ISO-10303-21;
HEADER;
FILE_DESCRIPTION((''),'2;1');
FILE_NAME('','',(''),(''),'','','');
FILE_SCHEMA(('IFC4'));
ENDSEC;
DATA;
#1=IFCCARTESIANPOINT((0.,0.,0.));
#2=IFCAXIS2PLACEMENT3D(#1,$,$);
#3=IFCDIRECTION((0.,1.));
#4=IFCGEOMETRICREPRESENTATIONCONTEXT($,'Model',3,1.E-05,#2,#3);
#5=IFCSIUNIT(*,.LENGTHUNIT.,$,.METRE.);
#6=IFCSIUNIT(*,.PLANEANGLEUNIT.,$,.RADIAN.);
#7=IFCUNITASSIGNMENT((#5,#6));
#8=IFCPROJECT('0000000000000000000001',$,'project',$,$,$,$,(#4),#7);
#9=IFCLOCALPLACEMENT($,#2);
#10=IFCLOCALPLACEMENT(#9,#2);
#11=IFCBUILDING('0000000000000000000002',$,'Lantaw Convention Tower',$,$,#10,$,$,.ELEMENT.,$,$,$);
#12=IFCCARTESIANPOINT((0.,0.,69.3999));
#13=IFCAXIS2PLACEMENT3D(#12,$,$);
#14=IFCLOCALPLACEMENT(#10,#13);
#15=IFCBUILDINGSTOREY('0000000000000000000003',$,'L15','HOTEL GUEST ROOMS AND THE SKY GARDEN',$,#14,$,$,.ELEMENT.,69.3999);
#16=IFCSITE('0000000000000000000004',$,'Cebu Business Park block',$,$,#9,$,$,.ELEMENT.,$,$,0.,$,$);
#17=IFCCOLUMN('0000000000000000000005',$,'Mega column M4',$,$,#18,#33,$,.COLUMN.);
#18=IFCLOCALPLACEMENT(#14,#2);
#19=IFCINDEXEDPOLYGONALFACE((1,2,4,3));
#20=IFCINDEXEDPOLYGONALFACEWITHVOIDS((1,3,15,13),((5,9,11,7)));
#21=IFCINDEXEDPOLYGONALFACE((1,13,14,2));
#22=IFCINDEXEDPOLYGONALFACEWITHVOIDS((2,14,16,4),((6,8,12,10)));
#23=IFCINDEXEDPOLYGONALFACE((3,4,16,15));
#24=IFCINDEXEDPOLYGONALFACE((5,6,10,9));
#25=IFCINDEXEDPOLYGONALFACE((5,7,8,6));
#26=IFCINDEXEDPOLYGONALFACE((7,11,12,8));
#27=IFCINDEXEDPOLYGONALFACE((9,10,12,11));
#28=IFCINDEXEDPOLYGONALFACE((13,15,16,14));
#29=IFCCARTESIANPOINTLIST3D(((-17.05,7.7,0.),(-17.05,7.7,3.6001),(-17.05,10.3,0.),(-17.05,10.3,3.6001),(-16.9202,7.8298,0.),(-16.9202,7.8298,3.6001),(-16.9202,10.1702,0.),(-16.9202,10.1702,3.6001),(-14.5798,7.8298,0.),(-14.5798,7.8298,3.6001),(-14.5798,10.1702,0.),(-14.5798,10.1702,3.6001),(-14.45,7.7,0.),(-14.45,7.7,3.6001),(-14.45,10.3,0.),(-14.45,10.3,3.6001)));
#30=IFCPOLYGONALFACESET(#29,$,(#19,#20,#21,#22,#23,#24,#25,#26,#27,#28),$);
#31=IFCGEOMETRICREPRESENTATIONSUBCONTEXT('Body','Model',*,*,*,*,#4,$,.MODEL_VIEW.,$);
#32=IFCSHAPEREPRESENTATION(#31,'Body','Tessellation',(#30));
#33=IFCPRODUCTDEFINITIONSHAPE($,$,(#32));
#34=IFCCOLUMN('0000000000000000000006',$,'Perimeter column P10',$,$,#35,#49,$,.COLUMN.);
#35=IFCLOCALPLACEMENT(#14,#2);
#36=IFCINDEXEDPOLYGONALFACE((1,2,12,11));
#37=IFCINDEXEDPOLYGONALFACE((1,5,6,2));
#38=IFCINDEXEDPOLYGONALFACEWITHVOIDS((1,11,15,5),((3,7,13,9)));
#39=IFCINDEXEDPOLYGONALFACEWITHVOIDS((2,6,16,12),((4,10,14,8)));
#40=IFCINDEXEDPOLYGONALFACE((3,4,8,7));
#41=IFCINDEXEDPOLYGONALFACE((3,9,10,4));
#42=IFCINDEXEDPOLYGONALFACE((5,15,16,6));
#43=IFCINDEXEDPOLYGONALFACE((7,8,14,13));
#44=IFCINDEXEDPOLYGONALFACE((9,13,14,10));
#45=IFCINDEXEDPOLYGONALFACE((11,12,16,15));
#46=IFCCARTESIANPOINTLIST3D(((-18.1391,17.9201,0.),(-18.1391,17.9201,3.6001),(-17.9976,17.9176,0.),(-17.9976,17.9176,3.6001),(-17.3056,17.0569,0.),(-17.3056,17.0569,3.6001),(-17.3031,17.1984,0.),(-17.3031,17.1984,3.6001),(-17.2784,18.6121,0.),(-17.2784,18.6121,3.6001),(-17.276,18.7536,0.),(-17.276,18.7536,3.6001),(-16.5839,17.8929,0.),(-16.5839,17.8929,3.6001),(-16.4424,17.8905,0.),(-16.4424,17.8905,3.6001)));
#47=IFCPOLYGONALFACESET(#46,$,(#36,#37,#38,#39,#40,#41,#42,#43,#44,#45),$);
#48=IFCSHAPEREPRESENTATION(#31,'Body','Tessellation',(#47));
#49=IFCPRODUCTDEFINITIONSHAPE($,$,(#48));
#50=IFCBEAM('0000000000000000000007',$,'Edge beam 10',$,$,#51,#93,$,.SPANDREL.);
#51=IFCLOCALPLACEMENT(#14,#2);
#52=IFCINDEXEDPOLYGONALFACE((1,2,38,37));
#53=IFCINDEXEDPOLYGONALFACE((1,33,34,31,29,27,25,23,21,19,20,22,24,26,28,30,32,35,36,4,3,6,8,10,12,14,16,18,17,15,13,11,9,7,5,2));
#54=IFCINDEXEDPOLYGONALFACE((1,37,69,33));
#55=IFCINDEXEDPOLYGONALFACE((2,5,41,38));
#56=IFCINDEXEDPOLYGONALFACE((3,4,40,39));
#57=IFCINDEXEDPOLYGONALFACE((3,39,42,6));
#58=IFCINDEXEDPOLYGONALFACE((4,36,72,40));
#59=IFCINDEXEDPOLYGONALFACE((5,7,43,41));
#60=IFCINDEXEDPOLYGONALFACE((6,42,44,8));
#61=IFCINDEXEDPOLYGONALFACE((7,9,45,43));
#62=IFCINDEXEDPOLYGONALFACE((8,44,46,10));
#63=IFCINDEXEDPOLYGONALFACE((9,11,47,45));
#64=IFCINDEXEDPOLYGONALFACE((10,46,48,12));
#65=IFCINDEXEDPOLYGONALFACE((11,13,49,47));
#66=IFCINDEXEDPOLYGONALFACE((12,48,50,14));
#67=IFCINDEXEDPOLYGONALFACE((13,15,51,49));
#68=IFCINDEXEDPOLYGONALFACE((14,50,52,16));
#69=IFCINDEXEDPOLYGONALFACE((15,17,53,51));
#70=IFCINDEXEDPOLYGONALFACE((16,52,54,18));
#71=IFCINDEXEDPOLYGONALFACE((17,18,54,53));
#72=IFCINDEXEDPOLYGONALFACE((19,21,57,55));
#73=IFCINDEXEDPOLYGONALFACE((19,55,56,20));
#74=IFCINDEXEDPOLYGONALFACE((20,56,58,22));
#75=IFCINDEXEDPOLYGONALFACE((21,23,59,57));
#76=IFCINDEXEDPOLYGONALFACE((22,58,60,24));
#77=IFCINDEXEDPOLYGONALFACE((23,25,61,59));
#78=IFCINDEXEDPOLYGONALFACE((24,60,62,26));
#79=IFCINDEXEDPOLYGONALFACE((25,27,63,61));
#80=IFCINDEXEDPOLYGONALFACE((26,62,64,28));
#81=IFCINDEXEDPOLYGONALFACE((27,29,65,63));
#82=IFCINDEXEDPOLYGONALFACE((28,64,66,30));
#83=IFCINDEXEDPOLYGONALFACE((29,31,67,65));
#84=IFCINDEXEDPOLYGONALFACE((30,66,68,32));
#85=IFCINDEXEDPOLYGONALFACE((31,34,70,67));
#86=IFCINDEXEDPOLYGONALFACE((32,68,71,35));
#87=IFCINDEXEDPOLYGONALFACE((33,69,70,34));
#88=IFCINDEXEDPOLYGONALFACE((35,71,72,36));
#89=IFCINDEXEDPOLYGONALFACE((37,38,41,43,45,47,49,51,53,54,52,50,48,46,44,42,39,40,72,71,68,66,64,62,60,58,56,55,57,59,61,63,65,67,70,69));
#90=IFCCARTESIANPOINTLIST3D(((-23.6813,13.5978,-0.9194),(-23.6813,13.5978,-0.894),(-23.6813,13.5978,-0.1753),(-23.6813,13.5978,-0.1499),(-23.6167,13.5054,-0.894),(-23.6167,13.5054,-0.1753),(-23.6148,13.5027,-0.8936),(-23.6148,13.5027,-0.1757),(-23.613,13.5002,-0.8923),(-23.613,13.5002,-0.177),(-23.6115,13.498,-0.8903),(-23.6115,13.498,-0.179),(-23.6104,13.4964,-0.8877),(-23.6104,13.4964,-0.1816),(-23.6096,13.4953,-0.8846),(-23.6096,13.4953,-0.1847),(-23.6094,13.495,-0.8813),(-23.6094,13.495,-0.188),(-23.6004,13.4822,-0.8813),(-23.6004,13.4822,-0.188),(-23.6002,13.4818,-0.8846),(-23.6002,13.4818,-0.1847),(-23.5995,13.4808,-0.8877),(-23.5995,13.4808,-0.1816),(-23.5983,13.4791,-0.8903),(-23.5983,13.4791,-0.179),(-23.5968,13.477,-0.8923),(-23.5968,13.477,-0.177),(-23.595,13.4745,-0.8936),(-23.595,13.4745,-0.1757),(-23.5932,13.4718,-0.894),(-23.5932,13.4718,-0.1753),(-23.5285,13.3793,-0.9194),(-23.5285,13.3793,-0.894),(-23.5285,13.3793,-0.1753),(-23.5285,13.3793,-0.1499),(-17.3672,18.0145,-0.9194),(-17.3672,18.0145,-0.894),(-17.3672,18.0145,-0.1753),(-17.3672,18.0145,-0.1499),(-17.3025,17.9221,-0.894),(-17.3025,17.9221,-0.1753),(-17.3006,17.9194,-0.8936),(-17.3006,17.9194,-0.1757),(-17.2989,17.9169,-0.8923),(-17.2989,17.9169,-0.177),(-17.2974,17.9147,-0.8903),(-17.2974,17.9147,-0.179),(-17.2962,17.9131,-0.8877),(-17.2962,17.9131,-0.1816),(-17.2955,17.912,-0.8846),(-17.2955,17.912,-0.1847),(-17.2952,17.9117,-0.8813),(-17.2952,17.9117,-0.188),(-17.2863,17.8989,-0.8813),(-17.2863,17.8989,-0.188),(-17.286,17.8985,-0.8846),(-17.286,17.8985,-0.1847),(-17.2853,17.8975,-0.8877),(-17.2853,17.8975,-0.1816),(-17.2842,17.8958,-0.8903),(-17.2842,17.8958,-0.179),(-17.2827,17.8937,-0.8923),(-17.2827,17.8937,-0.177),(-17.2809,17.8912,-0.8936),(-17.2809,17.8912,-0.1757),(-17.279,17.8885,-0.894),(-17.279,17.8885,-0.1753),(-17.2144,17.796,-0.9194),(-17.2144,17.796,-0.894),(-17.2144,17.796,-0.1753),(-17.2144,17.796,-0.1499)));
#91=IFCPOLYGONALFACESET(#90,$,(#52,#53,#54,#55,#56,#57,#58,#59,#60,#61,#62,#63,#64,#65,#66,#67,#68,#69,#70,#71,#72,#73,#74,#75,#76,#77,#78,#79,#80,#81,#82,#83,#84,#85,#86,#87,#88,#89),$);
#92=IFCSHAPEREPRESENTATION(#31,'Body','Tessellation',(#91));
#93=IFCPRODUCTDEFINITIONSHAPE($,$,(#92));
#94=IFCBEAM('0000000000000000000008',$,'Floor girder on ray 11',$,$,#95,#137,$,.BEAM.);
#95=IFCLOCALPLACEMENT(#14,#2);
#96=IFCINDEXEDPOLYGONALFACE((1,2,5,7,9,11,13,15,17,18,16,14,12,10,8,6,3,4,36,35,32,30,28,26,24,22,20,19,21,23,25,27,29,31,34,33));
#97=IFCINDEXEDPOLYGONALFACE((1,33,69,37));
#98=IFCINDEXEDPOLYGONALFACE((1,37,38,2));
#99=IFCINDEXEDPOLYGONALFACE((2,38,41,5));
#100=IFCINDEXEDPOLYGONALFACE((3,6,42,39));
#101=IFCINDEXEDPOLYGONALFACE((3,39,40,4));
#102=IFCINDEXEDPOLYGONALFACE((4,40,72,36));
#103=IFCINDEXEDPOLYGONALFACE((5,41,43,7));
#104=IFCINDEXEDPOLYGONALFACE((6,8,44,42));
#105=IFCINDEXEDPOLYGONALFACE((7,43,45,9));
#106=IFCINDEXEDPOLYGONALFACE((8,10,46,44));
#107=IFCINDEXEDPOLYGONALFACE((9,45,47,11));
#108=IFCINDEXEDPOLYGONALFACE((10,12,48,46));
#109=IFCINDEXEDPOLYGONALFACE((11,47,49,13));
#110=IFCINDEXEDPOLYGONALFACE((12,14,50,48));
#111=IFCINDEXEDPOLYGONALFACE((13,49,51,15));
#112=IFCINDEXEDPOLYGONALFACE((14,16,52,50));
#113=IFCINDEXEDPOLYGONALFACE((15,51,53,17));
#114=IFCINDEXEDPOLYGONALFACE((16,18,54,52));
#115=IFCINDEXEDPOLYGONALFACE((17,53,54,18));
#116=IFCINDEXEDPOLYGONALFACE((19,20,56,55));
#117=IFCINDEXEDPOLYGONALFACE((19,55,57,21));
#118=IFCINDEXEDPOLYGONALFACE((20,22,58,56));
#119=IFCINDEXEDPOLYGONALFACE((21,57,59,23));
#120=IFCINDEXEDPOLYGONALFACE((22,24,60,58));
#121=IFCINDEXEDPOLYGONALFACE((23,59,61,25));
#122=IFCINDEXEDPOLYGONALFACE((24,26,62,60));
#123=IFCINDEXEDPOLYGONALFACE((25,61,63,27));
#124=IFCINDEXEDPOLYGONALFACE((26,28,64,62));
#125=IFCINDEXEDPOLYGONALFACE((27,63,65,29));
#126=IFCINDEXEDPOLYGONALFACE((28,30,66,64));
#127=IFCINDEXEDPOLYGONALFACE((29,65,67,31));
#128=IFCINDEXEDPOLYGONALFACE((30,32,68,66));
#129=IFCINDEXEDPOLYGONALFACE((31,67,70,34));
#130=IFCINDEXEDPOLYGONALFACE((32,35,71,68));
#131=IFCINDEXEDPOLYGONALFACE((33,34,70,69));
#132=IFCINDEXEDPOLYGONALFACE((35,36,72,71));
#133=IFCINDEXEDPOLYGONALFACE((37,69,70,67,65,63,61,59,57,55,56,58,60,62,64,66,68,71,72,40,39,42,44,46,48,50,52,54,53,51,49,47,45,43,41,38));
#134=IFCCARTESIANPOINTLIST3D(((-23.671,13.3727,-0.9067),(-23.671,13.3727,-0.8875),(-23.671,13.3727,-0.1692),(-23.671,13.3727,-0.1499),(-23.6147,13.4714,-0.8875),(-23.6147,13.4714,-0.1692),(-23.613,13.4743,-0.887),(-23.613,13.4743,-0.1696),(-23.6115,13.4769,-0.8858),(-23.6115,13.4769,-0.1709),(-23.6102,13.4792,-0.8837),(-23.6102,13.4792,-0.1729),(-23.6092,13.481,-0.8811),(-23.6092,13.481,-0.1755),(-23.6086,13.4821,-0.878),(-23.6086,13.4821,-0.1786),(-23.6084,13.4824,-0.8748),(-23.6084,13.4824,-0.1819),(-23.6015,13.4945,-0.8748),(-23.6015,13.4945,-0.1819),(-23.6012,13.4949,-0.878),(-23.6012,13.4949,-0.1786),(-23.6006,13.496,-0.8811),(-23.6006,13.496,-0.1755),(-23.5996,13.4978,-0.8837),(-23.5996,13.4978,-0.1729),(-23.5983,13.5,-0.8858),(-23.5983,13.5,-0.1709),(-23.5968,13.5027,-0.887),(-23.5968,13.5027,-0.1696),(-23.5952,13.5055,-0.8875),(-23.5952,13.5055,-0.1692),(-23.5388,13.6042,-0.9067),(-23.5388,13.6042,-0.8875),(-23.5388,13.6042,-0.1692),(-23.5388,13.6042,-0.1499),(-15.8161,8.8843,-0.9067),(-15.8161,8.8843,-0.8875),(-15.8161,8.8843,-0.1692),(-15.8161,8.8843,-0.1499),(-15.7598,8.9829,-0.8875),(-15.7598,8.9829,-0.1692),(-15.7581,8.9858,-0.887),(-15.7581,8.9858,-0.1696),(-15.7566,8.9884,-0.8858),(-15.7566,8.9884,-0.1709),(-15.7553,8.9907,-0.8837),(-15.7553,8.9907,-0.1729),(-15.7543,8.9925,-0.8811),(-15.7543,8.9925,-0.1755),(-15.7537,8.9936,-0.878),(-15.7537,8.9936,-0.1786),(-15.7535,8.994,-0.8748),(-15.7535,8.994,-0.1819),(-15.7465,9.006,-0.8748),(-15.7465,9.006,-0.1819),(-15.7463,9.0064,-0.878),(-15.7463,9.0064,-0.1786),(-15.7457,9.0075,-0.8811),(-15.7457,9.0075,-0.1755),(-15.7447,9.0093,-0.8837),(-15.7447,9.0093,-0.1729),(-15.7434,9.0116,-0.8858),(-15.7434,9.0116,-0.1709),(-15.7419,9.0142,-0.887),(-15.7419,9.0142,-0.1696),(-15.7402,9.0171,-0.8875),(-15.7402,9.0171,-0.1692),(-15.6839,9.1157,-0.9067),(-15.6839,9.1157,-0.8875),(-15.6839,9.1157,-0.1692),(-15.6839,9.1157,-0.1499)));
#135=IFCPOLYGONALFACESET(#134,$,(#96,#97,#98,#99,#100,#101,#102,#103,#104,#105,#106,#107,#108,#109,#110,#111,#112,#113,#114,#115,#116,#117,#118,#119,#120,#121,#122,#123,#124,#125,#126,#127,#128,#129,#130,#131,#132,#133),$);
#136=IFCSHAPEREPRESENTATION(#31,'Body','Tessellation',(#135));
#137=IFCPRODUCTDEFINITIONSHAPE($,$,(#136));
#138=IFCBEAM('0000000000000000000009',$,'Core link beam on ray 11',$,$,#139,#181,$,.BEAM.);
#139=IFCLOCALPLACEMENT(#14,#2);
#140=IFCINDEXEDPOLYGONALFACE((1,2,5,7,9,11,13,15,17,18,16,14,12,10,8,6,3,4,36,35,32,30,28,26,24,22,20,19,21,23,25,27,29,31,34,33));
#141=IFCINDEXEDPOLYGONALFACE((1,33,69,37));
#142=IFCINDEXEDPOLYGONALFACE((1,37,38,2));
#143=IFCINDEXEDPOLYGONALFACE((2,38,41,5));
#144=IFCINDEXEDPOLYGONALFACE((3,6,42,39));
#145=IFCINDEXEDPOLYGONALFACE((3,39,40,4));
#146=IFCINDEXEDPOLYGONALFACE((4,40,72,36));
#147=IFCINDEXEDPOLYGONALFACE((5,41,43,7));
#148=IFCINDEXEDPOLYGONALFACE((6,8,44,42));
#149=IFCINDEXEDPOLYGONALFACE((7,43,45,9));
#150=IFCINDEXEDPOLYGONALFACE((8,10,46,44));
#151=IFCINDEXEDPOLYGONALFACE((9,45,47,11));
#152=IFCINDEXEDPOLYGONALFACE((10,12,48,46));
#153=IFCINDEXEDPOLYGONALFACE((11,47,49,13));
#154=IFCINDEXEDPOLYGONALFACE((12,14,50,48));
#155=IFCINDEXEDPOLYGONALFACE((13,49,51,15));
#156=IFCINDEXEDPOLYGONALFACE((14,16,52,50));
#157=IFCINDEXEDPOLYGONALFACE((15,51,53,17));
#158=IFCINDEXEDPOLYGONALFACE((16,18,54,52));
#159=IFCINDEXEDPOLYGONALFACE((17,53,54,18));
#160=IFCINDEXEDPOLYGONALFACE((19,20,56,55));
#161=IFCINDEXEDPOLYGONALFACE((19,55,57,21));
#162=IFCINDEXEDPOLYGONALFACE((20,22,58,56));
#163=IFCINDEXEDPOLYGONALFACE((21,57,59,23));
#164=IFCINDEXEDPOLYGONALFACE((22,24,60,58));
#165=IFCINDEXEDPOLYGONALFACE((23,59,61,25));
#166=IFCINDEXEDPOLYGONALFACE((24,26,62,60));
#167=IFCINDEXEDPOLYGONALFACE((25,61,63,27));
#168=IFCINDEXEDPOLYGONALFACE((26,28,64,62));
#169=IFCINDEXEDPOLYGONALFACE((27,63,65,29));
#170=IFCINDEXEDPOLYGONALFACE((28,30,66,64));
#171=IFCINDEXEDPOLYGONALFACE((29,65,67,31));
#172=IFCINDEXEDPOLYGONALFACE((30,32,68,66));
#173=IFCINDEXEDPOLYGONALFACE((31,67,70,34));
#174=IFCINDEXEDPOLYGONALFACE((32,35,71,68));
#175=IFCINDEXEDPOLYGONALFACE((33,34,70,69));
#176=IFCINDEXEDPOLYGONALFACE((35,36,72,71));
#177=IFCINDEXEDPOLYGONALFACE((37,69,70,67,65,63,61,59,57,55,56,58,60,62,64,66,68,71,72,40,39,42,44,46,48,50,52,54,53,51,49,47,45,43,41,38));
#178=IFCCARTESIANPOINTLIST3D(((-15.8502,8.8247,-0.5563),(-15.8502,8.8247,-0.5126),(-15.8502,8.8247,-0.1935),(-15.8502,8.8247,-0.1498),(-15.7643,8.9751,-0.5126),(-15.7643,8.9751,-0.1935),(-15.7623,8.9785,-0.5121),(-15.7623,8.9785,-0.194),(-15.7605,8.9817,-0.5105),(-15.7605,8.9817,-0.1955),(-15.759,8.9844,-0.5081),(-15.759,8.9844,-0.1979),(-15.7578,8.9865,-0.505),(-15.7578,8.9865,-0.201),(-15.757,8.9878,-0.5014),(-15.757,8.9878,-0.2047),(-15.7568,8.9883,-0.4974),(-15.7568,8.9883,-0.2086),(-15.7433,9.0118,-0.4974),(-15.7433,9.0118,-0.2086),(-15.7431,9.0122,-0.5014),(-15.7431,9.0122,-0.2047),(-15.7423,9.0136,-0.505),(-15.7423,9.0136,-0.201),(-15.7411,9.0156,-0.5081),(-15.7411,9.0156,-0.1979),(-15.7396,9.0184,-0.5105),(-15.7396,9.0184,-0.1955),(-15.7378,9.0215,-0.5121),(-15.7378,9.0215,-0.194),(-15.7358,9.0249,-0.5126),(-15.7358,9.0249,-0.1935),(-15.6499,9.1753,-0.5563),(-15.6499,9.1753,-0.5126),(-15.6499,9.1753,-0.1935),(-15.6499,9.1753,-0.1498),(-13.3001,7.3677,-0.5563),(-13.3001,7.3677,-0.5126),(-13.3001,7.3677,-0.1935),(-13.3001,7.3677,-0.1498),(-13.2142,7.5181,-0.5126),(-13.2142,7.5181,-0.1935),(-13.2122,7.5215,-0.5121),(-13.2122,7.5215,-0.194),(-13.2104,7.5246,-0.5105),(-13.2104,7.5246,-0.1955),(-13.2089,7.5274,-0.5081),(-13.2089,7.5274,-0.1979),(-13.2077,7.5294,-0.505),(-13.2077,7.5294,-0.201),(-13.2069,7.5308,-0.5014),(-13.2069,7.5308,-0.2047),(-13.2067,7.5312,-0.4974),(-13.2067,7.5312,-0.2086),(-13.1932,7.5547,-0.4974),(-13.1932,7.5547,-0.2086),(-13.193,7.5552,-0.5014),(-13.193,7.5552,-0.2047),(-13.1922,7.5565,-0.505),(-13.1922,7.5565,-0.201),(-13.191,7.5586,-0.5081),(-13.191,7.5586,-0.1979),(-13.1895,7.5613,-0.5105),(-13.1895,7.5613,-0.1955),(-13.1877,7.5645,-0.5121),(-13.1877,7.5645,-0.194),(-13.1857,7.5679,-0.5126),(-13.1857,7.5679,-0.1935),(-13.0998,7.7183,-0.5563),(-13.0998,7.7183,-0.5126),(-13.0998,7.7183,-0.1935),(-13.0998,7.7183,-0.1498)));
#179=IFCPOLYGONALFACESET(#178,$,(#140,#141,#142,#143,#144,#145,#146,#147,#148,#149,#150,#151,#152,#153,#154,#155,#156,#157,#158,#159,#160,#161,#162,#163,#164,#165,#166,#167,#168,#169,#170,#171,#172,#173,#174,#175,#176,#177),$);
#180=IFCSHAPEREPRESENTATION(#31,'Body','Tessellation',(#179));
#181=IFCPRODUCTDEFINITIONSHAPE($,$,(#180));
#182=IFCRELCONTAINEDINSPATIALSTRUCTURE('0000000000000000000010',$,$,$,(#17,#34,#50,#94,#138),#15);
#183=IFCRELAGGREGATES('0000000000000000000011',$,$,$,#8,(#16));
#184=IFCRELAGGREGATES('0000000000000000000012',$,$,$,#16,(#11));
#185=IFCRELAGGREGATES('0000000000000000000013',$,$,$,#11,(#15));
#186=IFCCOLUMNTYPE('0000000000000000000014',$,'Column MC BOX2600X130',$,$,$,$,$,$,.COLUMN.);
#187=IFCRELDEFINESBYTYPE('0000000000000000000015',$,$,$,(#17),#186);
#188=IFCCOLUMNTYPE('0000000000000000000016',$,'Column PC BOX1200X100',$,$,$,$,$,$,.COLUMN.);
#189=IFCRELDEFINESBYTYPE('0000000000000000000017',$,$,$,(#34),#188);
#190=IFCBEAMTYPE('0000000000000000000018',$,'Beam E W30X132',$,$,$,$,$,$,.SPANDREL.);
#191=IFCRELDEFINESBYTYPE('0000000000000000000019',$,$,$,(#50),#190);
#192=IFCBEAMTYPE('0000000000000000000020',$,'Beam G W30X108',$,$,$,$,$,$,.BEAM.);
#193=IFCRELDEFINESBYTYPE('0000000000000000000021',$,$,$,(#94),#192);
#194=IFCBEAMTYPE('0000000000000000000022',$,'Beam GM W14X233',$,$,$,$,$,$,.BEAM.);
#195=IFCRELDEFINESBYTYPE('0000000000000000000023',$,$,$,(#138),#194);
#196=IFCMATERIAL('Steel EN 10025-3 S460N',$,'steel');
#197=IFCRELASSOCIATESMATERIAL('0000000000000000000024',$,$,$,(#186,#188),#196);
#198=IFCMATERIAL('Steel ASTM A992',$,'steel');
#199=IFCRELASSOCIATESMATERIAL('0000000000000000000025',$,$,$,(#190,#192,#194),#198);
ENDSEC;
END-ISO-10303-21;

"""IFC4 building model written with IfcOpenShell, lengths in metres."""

from ifc_helpers import new_model, si_unit, direction, frame, origin, origin_2d, place, context, subcontext, project, spatial, rectangle, hollow_rectangle, i_section, extrude, material, material_profile, profile_set, type_object, element, save


model = new_model("IFC4")

# Units and contexts
model_context = context("Model", 3, precision=1e-05, world=origin(), true_north=direction((0.0, 1.0)))
body_context = subcontext(model_context, "Body", "Model", "MODEL_VIEW")
ifc_project = project(units=[si_unit("LENGTHUNIT", "METRE"), si_unit("PLANEANGLEUNIT", "RADIAN")], contexts=[model_context])

# Site, building, storey
site_placement = place(None, origin())
site = spatial("IfcSite", under=ifc_project, at=site_placement, Name="Cebu Business Park block", CompositionType="ELEMENT", RefElevation=0.0)
building_placement = place(site_placement, origin())
building = spatial("IfcBuilding", under=site, at=building_placement, Name="Lantaw Convention Tower", CompositionType="ELEMENT")
storey_placement = place(building_placement, frame((0.0, 0.0, 69.3999)))
storey = spatial("IfcBuildingStorey", under=building, at=storey_placement, Name="L15", Description="HOTEL GUEST ROOMS AND THE SKY GARDEN", CompositionType="ELEMENT", Elevation=69.3999)

# Columns
ifc_material_1 = material(Name="Steel EN 10025-3 S460N", Category="steel")
ifc_material_profile_1 = material_profile(ifc_material_1, hollow_rectangle(XDim=2.6001, YDim=2.6001, WallThickness=0.1299, at=origin_2d()), Name="BOX2600X130")
ifc_material_2 = material(Name="Concrete C60/75", Category="concrete")
ifc_material_profile_2 = material_profile(ifc_material_2, rectangle(XDim=2.3401, YDim=2.3401, at=origin_2d()), Name="Concrete fill of BOX2600X130")
ifc_profile_set_1 = profile_set([ifc_material_profile_1, ifc_material_profile_2], Name="Steel EN 10025-3 S460N")
column_type_1 = type_object("IfcColumnType", Name="Column MC BOX2600X130", PredefinedType="COLUMN", material=ifc_profile_set_1)
column_1_placement = place(storey_placement, frame((-15.75, 9.0, 0.0), z_axis=(0.0, 0.0, 1.0), x_axis=(1.0, 0.0, 0.0)))
element("IfcColumn", 1, at=column_1_placement, inside=storey, type_object=column_type_1, Name="Mega column M4", PredefinedType="COLUMN", context=body_context, shape_type="SweptSolid", body=[
    extrude(hollow_rectangle(XDim=2.6001, YDim=2.6001, WallThickness=0.1299, at=origin_2d()), origin(), (0.0, 0.0, 1.0), 3.6001),
])
ifc_material_profile_3 = material_profile(ifc_material_1, hollow_rectangle(XDim=1.2, YDim=1.2, WallThickness=0.1001, at=origin_2d()), Name="BOX1200X100")
ifc_material_profile_4 = material_profile(ifc_material_2, rectangle(XDim=1.0, YDim=1.0, at=origin_2d()), Name="Concrete fill of BOX1200X100")
ifc_profile_set_2 = profile_set([ifc_material_profile_3, ifc_material_profile_4], Name="Steel EN 10025-3 S460N")
column_type_2 = type_object("IfcColumnType", Name="Column PC BOX1200X100", PredefinedType="COLUMN", material=ifc_profile_set_2)
column_2_placement = place(storey_placement, frame((-17.2908, 17.9053, 0.0), z_axis=(0.0, 0.0, 1.0), x_axis=(0.71934, 0.694658, 0.0)))
element("IfcColumn", 2, at=column_2_placement, inside=storey, type_object=column_type_2, Name="Perimeter column P10", PredefinedType="COLUMN", context=body_context, shape_type="SweptSolid", body=[
    extrude(hollow_rectangle(XDim=1.2, YDim=1.2, WallThickness=0.1001, at=origin_2d()), origin(), (0.0, 0.0, 1.0), 3.6001),
])

# Beams
ifc_material_3 = material(Name="Steel ASTM A992", Category="steel")
ifc_material_profile_5 = material_profile(ifc_material_3, i_section(OverallWidth=0.2666, OverallDepth=0.7695, WebThickness=0.0156, FlangeThickness=0.0254, FilletRadius=0.0127, at=origin_2d()), Name="W30X132")
ifc_profile_set_3 = profile_set([ifc_material_profile_5], Name="Steel ASTM A992")
beam_type_1 = type_object("IfcBeamType", Name="Beam E W30X132", PredefinedType="SPANDREL", material=ifc_profile_set_3)
beam_1_placement = place(storey_placement, frame((-17.2908, 17.9053, -0.5347), z_axis=(-0.819427, -0.573184, 0.0), x_axis=(0.573184, -0.819427, 0.0)))
element("IfcBeam", 3, at=beam_1_placement, inside=storey, type_object=beam_type_1, Name="Edge beam 10", PredefinedType="SPANDREL", context=body_context, shape_type="SweptSolid", body=[
    extrude(i_section(OverallWidth=0.2666, OverallDepth=0.7695, WebThickness=0.0156, FlangeThickness=0.0254, FilletRadius=0.0127, at=origin_2d()), origin(), (0.0, 0.0, 1.0), 7.7056),
])
ifc_material_profile_6 = material_profile(ifc_material_3, i_section(OverallWidth=0.2666, OverallDepth=0.7568, WebThickness=0.0139, FlangeThickness=0.0193, FilletRadius=0.0127, at=origin_2d()), Name="W30X108")
ifc_profile_set_4 = profile_set([ifc_material_profile_6], Name="Steel ASTM A992")
beam_type_2 = type_object("IfcBeamType", Name="Beam G W30X108", PredefinedType="BEAM", material=ifc_profile_set_4)
beam_2_placement = place(storey_placement, frame((-15.75, 9.0, -0.5283), z_axis=(-0.868245, 0.496136, 0.0), x_axis=(-0.496136, -0.868245, 0.0)))
element("IfcBeam", 4, at=beam_2_placement, inside=storey, type_object=beam_type_2, Name="Floor girder on ray 11", PredefinedType="BEAM", context=body_context, shape_type="SweptSolid", body=[
    extrude(i_section(OverallWidth=0.2666, OverallDepth=0.7568, WebThickness=0.0139, FlangeThickness=0.0193, FilletRadius=0.0127, at=origin_2d()), origin(), (0.0, 0.0, 1.0), 9.0469),
])
ifc_material_profile_7 = material_profile(ifc_material_3, i_section(OverallWidth=0.4038, OverallDepth=0.4065, WebThickness=0.0271, FlangeThickness=0.0437, FilletRadius=0.0151, at=origin_2d()), Name="W14X233")
ifc_profile_set_5 = profile_set([ifc_material_profile_7], Name="Steel ASTM A992")
beam_type_3 = type_object("IfcBeamType", Name="Beam GM W14X233", PredefinedType="BEAM", material=ifc_profile_set_5)
beam_3_placement = place(storey_placement, frame((-13.2, 7.543, -0.353), z_axis=(-0.868264, 0.496103, 0.0), x_axis=(-0.496103, -0.868264, 0.0)))
element("IfcBeam", 5, at=beam_3_placement, inside=storey, type_object=beam_type_3, Name="Core link beam on ray 11", PredefinedType="BEAM", context=body_context, shape_type="SweptSolid", body=[
    extrude(i_section(OverallWidth=0.4038, OverallDepth=0.4065, WebThickness=0.0271, FlangeThickness=0.0437, FilletRadius=0.0151, at=origin_2d()), origin(), (0.0, 0.0, 1.0), 2.937),
])

save(model, "model.ifc")
